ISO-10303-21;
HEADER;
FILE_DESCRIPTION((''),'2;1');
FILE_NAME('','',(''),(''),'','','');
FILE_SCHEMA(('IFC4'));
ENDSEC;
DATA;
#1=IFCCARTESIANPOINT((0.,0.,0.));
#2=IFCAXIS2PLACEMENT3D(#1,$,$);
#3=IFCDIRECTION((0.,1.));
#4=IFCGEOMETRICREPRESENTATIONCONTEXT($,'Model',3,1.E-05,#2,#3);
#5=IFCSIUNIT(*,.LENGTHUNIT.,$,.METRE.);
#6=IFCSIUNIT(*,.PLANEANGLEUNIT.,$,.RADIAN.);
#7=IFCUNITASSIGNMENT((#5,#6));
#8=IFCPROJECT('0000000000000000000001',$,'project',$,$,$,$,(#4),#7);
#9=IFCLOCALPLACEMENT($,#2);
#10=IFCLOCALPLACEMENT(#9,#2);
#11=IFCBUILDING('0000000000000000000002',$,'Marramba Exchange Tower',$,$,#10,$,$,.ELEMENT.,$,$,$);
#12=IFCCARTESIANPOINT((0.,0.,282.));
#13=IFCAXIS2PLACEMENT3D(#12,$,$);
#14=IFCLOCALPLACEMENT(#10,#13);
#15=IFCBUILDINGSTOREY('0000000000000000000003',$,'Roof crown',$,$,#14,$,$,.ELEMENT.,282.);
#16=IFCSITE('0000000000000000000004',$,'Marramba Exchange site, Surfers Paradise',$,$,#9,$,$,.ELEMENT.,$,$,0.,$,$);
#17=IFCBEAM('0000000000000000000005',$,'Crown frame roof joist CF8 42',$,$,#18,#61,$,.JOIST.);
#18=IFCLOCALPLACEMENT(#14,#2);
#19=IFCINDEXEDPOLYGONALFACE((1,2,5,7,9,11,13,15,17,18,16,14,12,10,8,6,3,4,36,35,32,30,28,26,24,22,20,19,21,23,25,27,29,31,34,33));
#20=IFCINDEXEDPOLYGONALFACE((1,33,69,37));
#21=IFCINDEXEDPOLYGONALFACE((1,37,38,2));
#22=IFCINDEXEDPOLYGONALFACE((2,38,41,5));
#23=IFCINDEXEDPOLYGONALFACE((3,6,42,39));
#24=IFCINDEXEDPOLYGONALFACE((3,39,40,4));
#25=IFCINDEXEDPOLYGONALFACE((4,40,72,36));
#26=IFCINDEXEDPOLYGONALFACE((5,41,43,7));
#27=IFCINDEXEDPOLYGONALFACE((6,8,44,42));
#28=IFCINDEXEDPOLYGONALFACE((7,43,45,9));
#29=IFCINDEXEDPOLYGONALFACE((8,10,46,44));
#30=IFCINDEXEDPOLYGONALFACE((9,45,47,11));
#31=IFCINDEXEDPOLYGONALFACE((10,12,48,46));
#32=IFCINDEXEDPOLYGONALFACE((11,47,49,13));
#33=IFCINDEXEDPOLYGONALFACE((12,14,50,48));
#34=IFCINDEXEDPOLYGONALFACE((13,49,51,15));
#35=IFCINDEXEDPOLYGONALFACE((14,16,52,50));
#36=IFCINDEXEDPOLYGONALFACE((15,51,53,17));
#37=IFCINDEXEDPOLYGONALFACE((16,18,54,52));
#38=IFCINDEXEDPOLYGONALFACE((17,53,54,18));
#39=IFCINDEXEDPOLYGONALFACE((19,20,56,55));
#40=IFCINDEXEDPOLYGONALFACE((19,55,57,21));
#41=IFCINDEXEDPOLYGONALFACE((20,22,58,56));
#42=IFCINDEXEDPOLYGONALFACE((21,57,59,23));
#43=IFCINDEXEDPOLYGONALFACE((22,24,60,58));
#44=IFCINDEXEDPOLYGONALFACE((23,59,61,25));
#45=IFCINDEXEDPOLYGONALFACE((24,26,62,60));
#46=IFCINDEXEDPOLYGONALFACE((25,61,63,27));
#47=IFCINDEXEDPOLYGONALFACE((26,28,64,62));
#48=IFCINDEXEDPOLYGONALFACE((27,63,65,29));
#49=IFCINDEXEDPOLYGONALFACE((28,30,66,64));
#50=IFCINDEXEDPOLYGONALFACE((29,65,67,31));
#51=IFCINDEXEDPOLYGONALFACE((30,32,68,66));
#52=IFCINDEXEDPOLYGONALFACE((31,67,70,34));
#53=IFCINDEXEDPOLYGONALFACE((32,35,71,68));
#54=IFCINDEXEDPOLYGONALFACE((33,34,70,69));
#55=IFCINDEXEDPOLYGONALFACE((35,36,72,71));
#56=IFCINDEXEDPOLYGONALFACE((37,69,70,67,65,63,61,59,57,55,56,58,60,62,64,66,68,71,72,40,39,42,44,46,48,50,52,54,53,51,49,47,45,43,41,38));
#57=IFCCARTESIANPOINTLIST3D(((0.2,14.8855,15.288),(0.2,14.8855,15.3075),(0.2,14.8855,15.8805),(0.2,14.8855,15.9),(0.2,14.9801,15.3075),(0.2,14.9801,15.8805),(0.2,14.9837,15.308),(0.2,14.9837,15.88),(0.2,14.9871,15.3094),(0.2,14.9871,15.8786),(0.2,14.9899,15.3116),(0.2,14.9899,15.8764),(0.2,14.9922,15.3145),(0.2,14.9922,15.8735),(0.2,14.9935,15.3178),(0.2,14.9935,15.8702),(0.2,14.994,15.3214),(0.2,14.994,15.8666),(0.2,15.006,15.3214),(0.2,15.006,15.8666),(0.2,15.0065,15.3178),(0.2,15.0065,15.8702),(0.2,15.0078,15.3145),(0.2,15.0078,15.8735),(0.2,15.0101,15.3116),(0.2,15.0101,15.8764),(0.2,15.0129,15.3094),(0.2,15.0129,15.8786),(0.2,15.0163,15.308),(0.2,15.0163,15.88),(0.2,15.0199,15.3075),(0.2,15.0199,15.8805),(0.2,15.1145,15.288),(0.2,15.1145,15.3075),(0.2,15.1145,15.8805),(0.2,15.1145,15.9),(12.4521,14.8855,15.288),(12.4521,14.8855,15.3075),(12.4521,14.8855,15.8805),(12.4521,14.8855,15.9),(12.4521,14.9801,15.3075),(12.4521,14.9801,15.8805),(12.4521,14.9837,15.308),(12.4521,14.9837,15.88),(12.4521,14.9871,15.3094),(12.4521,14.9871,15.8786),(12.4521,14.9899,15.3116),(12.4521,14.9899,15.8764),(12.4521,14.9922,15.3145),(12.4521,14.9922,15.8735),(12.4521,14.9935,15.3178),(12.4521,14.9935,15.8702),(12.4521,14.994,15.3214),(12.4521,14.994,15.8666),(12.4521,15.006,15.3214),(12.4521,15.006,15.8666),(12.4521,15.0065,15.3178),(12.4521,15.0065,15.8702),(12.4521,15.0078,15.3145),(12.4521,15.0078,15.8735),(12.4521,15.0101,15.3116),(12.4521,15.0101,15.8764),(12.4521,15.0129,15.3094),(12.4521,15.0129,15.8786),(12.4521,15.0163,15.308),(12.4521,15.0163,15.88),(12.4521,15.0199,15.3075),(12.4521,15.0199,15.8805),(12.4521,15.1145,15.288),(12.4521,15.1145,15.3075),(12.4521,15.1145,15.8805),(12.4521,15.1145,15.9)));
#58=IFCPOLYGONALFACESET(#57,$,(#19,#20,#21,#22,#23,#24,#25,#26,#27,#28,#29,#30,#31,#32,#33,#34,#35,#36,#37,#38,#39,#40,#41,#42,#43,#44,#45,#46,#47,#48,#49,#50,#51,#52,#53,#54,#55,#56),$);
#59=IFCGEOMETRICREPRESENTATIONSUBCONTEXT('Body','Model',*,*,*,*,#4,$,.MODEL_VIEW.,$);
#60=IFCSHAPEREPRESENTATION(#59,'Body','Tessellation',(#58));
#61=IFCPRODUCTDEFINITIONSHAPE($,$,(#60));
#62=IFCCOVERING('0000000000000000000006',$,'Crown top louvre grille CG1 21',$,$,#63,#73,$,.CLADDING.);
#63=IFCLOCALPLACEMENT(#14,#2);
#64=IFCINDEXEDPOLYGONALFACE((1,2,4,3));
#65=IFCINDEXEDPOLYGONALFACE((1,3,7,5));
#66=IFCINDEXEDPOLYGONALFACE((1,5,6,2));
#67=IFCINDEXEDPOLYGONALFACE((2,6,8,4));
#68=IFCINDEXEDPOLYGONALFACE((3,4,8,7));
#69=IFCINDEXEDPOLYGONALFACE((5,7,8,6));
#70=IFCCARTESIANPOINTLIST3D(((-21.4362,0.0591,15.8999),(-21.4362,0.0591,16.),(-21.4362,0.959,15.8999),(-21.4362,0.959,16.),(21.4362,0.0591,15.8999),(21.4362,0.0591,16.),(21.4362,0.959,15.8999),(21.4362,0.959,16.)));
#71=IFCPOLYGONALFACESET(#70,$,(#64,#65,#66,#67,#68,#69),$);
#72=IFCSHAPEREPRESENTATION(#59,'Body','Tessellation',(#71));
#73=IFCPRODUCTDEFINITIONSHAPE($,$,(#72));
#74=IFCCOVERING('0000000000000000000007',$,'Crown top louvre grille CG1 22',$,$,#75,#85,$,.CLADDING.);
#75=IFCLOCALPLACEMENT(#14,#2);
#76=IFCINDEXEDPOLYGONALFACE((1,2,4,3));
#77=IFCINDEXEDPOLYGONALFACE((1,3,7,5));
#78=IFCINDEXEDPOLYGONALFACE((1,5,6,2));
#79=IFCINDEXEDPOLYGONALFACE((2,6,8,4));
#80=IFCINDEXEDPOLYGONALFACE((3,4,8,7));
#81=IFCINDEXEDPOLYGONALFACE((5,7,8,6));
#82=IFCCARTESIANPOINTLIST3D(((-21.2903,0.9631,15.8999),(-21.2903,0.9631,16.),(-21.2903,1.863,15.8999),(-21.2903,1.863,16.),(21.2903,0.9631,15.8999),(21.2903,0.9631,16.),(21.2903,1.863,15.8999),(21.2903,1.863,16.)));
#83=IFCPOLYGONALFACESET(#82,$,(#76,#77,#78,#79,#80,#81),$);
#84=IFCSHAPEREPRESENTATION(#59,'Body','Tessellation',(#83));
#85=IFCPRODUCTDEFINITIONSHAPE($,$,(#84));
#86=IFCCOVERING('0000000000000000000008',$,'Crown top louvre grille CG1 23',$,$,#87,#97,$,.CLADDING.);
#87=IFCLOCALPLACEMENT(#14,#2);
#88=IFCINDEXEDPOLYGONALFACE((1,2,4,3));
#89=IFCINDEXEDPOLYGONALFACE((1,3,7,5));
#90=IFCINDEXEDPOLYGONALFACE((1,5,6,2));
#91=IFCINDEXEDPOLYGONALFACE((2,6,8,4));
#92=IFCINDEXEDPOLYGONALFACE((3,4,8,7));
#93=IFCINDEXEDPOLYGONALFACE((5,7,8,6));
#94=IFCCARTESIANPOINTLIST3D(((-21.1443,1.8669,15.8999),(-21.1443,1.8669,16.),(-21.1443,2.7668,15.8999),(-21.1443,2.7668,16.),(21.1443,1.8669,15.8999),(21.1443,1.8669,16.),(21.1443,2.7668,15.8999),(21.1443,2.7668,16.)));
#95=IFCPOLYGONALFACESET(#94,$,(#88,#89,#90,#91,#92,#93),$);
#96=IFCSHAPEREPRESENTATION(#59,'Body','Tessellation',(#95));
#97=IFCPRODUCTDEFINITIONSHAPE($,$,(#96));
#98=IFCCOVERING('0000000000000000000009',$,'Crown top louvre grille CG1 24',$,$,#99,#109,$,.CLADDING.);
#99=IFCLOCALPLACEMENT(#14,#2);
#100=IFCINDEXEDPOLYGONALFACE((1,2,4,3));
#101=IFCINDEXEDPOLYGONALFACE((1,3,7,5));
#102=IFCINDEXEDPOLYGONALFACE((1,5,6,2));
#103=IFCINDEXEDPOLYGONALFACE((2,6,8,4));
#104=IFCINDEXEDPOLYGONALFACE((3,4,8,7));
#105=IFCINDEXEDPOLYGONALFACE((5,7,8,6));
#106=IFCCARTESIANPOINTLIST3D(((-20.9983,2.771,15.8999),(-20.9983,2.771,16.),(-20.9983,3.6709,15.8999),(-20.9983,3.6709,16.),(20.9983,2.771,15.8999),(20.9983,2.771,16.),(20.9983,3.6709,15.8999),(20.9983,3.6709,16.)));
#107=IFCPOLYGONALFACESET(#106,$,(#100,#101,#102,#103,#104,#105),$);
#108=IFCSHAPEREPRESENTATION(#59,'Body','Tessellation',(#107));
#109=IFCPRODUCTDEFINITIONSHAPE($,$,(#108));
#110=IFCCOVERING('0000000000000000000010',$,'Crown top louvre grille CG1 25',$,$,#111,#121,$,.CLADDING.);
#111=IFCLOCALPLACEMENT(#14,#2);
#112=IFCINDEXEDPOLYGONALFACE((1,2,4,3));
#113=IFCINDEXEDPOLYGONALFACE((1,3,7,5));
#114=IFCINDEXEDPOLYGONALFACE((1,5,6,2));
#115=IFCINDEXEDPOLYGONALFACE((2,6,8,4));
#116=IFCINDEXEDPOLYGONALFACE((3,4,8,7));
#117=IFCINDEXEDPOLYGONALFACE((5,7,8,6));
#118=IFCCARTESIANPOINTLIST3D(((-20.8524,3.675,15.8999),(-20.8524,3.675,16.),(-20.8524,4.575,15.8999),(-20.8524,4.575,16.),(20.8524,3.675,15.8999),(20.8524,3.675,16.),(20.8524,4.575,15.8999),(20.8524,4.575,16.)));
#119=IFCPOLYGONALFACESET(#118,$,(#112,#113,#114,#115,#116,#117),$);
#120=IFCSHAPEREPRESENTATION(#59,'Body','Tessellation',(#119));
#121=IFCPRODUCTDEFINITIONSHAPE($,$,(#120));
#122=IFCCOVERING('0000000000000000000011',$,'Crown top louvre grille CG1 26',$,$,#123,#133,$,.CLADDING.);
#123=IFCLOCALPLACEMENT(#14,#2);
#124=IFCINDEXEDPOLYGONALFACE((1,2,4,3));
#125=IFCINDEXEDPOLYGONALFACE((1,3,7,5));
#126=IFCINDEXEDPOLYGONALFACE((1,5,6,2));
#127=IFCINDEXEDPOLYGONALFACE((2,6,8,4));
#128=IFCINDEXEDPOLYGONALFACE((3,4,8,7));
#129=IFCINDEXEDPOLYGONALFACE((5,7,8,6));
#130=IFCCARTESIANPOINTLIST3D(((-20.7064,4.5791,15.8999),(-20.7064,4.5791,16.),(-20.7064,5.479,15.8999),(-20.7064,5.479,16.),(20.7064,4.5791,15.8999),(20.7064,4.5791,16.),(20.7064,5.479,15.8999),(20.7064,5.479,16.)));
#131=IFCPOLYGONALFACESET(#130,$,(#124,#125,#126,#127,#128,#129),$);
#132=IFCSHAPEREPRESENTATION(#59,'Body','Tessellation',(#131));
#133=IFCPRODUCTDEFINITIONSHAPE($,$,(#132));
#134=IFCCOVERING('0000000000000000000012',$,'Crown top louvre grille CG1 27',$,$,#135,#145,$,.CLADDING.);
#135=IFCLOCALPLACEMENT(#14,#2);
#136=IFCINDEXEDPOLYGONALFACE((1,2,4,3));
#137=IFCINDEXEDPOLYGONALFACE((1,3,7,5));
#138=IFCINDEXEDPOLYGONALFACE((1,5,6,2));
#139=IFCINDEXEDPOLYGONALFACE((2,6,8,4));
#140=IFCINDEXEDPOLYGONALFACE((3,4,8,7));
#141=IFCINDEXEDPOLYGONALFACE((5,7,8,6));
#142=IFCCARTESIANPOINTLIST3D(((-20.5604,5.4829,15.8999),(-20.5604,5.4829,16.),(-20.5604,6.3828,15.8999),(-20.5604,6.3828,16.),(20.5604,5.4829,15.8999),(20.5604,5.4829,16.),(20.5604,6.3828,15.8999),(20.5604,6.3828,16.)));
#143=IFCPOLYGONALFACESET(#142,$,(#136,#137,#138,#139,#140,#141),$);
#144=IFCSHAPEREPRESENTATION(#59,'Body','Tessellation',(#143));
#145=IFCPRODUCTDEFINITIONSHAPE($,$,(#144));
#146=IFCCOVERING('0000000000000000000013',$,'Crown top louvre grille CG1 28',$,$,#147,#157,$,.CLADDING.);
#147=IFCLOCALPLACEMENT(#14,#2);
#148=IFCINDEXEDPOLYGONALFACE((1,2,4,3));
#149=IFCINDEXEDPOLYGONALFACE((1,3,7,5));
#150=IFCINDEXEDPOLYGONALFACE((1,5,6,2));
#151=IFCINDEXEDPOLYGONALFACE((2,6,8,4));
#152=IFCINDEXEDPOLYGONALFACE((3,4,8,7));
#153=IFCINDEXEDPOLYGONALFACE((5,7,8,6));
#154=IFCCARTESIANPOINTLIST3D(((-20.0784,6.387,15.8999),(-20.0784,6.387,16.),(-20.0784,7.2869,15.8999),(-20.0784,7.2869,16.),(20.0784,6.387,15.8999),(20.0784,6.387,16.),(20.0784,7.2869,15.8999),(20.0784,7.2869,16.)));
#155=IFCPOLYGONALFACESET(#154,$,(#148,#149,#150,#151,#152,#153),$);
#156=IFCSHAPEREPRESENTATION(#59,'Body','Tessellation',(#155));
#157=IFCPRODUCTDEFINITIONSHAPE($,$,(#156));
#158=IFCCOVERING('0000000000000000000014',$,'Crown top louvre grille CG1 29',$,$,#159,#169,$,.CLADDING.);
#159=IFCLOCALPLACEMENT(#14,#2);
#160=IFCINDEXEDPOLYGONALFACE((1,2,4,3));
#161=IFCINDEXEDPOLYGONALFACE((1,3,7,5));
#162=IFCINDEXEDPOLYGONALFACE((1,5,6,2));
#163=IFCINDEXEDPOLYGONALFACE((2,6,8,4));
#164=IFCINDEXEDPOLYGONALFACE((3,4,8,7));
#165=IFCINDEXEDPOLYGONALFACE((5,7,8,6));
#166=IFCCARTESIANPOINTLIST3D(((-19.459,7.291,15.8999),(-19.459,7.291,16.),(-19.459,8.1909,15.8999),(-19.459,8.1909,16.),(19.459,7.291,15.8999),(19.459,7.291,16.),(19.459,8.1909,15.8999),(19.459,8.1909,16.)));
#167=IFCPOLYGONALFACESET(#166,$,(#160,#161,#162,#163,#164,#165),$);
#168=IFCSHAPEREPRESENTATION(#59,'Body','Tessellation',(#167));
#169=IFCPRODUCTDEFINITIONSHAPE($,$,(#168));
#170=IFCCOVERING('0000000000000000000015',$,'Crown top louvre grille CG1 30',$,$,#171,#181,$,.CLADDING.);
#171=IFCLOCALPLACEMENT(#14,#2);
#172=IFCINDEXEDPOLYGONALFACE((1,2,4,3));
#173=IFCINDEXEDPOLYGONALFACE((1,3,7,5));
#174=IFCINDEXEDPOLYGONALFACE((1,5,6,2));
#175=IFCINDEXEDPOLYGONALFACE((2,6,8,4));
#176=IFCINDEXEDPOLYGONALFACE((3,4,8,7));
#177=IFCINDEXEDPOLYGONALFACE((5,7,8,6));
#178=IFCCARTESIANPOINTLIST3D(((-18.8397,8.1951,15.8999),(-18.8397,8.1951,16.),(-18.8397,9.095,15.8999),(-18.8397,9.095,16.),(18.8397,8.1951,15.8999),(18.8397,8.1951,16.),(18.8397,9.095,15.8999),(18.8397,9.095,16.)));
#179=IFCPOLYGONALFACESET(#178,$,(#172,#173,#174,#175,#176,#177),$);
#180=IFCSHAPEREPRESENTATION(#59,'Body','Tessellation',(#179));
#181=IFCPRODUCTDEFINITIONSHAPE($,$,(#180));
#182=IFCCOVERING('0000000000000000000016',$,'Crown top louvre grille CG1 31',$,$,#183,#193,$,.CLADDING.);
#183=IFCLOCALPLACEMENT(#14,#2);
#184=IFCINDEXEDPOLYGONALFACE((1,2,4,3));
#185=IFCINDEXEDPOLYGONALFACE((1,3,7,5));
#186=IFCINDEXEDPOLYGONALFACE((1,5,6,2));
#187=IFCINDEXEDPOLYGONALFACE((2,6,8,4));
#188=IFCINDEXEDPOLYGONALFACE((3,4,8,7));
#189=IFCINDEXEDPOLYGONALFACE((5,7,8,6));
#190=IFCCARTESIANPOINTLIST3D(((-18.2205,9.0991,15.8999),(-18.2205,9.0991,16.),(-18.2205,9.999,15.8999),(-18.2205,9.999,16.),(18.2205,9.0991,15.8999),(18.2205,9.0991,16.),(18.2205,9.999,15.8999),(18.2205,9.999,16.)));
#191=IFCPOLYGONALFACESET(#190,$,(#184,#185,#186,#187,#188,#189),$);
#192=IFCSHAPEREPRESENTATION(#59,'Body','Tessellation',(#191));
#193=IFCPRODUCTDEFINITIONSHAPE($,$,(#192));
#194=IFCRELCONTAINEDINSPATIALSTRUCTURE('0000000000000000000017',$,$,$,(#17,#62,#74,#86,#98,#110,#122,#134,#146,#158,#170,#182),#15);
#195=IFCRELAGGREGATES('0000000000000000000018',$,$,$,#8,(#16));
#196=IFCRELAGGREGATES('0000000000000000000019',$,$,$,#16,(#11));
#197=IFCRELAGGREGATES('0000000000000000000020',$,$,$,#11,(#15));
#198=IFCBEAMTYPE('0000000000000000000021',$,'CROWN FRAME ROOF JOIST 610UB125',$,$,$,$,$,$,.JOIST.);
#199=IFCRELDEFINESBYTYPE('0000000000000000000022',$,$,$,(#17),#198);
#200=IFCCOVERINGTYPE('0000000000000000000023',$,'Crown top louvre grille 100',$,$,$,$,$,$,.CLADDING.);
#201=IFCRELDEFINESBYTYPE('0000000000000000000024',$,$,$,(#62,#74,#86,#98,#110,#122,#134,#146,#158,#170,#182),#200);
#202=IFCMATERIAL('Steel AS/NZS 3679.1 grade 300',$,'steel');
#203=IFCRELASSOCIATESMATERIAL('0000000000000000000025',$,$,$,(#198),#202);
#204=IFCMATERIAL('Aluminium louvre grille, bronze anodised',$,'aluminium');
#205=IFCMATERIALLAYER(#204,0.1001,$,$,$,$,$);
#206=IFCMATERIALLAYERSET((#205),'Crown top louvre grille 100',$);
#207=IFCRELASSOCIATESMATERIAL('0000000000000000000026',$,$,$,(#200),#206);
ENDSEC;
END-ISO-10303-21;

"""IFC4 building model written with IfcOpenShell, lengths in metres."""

from ifc_helpers import new_model, si_unit, direction, frame, origin, origin_2d, place, context, subcontext, project, spatial, rectangle, i_section, extrude, material, layer, layer_set, material_profile, profile_set, type_object, element, save


model = new_model("IFC4")

# Units and contexts
model_context = context("Model", 3, precision=1e-05, world=origin(), true_north=direction((0.0, 1.0)))
body_context = subcontext(model_context, "Body", "Model", "MODEL_VIEW")
ifc_project = project(units=[si_unit("LENGTHUNIT", "METRE"), si_unit("PLANEANGLEUNIT", "RADIAN")], contexts=[model_context])

# Site, building, storey
site_placement = place(None, origin())
site = spatial("IfcSite", under=ifc_project, at=site_placement, Name="Marramba Exchange site, Surfers Paradise", CompositionType="ELEMENT", RefElevation=0.0)
building_placement = place(site_placement, origin())
building = spatial("IfcBuilding", under=site, at=building_placement, Name="Marramba Exchange Tower", CompositionType="ELEMENT")
storey_placement = place(building_placement, frame((0.0, 0.0, 282.0)))
storey = spatial("IfcBuildingStorey", under=building, at=storey_placement, Name="Roof crown", CompositionType="ELEMENT", Elevation=282.0)

# Beam
ifc_material_1 = material(Name="Steel AS/NZS 3679.1 grade 300", Category="steel")
ifc_material_profile = material_profile(ifc_material_1, i_section(OverallWidth=0.229, OverallDepth=0.6121, WebThickness=0.012, FlangeThickness=0.0195, FilletRadius=0.0139, at=origin_2d()), Name="610UB125")
ifc_profile_set = profile_set([ifc_material_profile], Name="Steel AS/NZS 3679.1 grade 300")
beam_type = type_object("IfcBeamType", Name="CROWN FRAME ROOF JOIST 610UB125", PredefinedType="JOIST", material=ifc_profile_set)
beam_placement = place(storey_placement, frame((0.2, 15.0, 15.594), z_axis=(1.0, 0.0, 0.0), x_axis=(0.0, 1.0, 0.0)))
element("IfcBeam", 1, at=beam_placement, inside=storey, type_object=beam_type, Name="Crown frame roof joist CF8 42", PredefinedType="JOIST", context=body_context, shape_type="SweptSolid", body=[
    extrude(i_section(OverallWidth=0.229, OverallDepth=0.6121, WebThickness=0.012, FlangeThickness=0.0195, FilletRadius=0.0139, at=origin_2d()), origin(), (0.0, 0.0, 1.0), 12.2522),
])

# Coverings
ifc_material_2 = material(Name="Aluminium louvre grille, bronze anodised", Category="aluminium")
ifc_layer = layer(ifc_material_2, 0.1001)
ifc_layer_set = layer_set([ifc_layer], Name="Crown top louvre grille 100")
covering_type = type_object("IfcCoveringType", Name="Crown top louvre grille 100", PredefinedType="CLADDING", material=ifc_layer_set)
covering_1_placement = place(storey_placement, frame((0.0, 0.509, 15.8999), z_axis=(0.0, 0.0, 1.0), x_axis=(1.0, 0.0, 0.0)))
element("IfcCovering", 2, at=covering_1_placement, inside=storey, type_object=covering_type, Name="Crown top louvre grille CG1 21", PredefinedType="CLADDING", context=body_context, shape_type="SweptSolid", body=[
    extrude(rectangle(XDim=42.8723, YDim=0.8999, at=origin_2d()), origin(), (0.0, 0.0, 1.0), 0.1001),
])
covering_2_placement = place(storey_placement, frame((0.0, 1.4131, 15.8999), z_axis=(0.0, 0.0, 1.0), x_axis=(1.0, 0.0, 0.0)))
element("IfcCovering", 3, at=covering_2_placement, inside=storey, type_object=covering_type, Name="Crown top louvre grille CG1 22", PredefinedType="CLADDING", context=body_context, shape_type="SweptSolid", body=[
    extrude(rectangle(XDim=42.5806, YDim=0.8999, at=origin_2d()), origin(), (0.0, 0.0, 1.0), 0.1001),
])
covering_3_placement = place(storey_placement, frame((0.0, 2.3169, 15.8999), z_axis=(0.0, 0.0, 1.0), x_axis=(1.0, 0.0, 0.0)))
element("IfcCovering", 4, at=covering_3_placement, inside=storey, type_object=covering_type, Name="Crown top louvre grille CG1 23", PredefinedType="CLADDING", context=body_context, shape_type="SweptSolid", body=[
    extrude(rectangle(XDim=42.2886, YDim=0.8999, at=origin_2d()), origin(), (0.0, 0.0, 1.0), 0.1001),
])
covering_4_placement = place(storey_placement, frame((0.0, 3.2209, 15.8999), z_axis=(0.0, 0.0, 1.0), x_axis=(1.0, 0.0, 0.0)))
element("IfcCovering", 5, at=covering_4_placement, inside=storey, type_object=covering_type, Name="Crown top louvre grille CG1 24", PredefinedType="CLADDING", context=body_context, shape_type="SweptSolid", body=[
    extrude(rectangle(XDim=41.9966, YDim=0.8999, at=origin_2d()), origin(), (0.0, 0.0, 1.0), 0.1001),
])
covering_5_placement = place(storey_placement, frame((0.0, 4.125, 15.8999), z_axis=(0.0, 0.0, 1.0), x_axis=(1.0, 0.0, 0.0)))
element("IfcCovering", 6, at=covering_5_placement, inside=storey, type_object=covering_type, Name="Crown top louvre grille CG1 25", PredefinedType="CLADDING", context=body_context, shape_type="SweptSolid", body=[
    extrude(rectangle(XDim=41.7048, YDim=0.8999, at=origin_2d()), origin(), (0.0, 0.0, 1.0), 0.1001),
])
covering_6_placement = place(storey_placement, frame((0.0, 5.0291, 15.8999), z_axis=(0.0, 0.0, 1.0), x_axis=(1.0, 0.0, 0.0)))
element("IfcCovering", 7, at=covering_6_placement, inside=storey, type_object=covering_type, Name="Crown top louvre grille CG1 26", PredefinedType="CLADDING", context=body_context, shape_type="SweptSolid", body=[
    extrude(rectangle(XDim=41.4128, YDim=0.8999, at=origin_2d()), origin(), (0.0, 0.0, 1.0), 0.1001),
])
covering_7_placement = place(storey_placement, frame((0.0, 5.9329, 15.8999), z_axis=(0.0, 0.0, 1.0), x_axis=(1.0, 0.0, 0.0)))
element("IfcCovering", 8, at=covering_7_placement, inside=storey, type_object=covering_type, Name="Crown top louvre grille CG1 27", PredefinedType="CLADDING", context=body_context, shape_type="SweptSolid", body=[
    extrude(rectangle(XDim=41.1208, YDim=0.8999, at=origin_2d()), origin(), (0.0, 0.0, 1.0), 0.1001),
])
covering_8_placement = place(storey_placement, frame((0.0, 6.8369, 15.8999), z_axis=(0.0, 0.0, 1.0), x_axis=(1.0, 0.0, 0.0)))
element("IfcCovering", 9, at=covering_8_placement, inside=storey, type_object=covering_type, Name="Crown top louvre grille CG1 28", PredefinedType="CLADDING", context=body_context, shape_type="SweptSolid", body=[
    extrude(rectangle(XDim=40.1567, YDim=0.8999, at=origin_2d()), origin(), (0.0, 0.0, 1.0), 0.1001),
])
covering_9_placement = place(storey_placement, frame((0.0, 7.741, 15.8999), z_axis=(0.0, 0.0, 1.0), x_axis=(1.0, 0.0, 0.0)))
element("IfcCovering", 10, at=covering_9_placement, inside=storey, type_object=covering_type, Name="Crown top louvre grille CG1 29", PredefinedType="CLADDING", context=body_context, shape_type="SweptSolid", body=[
    extrude(rectangle(XDim=38.918, YDim=0.8999, at=origin_2d()), origin(), (0.0, 0.0, 1.0), 0.1001),
])
covering_10_placement = place(storey_placement, frame((0.0, 8.645, 15.8999), z_axis=(0.0, 0.0, 1.0), x_axis=(1.0, 0.0, 0.0)))
element("IfcCovering", 11, at=covering_10_placement, inside=storey, type_object=covering_type, Name="Crown top louvre grille CG1 30", PredefinedType="CLADDING", context=body_context, shape_type="SweptSolid", body=[
    extrude(rectangle(XDim=37.6794, YDim=0.8999, at=origin_2d()), origin(), (0.0, 0.0, 1.0), 0.1001),
])
covering_11_placement = place(storey_placement, frame((0.0, 9.5491, 15.8999), z_axis=(0.0, 0.0, 1.0), x_axis=(1.0, 0.0, 0.0)))
element("IfcCovering", 12, at=covering_11_placement, inside=storey, type_object=covering_type, Name="Crown top louvre grille CG1 31", PredefinedType="CLADDING", context=body_context, shape_type="SweptSolid", body=[
    extrude(rectangle(XDim=36.4409, YDim=0.8999, at=origin_2d()), origin(), (0.0, 0.0, 1.0), 0.1001),
])

save(model, "model.ifc")
